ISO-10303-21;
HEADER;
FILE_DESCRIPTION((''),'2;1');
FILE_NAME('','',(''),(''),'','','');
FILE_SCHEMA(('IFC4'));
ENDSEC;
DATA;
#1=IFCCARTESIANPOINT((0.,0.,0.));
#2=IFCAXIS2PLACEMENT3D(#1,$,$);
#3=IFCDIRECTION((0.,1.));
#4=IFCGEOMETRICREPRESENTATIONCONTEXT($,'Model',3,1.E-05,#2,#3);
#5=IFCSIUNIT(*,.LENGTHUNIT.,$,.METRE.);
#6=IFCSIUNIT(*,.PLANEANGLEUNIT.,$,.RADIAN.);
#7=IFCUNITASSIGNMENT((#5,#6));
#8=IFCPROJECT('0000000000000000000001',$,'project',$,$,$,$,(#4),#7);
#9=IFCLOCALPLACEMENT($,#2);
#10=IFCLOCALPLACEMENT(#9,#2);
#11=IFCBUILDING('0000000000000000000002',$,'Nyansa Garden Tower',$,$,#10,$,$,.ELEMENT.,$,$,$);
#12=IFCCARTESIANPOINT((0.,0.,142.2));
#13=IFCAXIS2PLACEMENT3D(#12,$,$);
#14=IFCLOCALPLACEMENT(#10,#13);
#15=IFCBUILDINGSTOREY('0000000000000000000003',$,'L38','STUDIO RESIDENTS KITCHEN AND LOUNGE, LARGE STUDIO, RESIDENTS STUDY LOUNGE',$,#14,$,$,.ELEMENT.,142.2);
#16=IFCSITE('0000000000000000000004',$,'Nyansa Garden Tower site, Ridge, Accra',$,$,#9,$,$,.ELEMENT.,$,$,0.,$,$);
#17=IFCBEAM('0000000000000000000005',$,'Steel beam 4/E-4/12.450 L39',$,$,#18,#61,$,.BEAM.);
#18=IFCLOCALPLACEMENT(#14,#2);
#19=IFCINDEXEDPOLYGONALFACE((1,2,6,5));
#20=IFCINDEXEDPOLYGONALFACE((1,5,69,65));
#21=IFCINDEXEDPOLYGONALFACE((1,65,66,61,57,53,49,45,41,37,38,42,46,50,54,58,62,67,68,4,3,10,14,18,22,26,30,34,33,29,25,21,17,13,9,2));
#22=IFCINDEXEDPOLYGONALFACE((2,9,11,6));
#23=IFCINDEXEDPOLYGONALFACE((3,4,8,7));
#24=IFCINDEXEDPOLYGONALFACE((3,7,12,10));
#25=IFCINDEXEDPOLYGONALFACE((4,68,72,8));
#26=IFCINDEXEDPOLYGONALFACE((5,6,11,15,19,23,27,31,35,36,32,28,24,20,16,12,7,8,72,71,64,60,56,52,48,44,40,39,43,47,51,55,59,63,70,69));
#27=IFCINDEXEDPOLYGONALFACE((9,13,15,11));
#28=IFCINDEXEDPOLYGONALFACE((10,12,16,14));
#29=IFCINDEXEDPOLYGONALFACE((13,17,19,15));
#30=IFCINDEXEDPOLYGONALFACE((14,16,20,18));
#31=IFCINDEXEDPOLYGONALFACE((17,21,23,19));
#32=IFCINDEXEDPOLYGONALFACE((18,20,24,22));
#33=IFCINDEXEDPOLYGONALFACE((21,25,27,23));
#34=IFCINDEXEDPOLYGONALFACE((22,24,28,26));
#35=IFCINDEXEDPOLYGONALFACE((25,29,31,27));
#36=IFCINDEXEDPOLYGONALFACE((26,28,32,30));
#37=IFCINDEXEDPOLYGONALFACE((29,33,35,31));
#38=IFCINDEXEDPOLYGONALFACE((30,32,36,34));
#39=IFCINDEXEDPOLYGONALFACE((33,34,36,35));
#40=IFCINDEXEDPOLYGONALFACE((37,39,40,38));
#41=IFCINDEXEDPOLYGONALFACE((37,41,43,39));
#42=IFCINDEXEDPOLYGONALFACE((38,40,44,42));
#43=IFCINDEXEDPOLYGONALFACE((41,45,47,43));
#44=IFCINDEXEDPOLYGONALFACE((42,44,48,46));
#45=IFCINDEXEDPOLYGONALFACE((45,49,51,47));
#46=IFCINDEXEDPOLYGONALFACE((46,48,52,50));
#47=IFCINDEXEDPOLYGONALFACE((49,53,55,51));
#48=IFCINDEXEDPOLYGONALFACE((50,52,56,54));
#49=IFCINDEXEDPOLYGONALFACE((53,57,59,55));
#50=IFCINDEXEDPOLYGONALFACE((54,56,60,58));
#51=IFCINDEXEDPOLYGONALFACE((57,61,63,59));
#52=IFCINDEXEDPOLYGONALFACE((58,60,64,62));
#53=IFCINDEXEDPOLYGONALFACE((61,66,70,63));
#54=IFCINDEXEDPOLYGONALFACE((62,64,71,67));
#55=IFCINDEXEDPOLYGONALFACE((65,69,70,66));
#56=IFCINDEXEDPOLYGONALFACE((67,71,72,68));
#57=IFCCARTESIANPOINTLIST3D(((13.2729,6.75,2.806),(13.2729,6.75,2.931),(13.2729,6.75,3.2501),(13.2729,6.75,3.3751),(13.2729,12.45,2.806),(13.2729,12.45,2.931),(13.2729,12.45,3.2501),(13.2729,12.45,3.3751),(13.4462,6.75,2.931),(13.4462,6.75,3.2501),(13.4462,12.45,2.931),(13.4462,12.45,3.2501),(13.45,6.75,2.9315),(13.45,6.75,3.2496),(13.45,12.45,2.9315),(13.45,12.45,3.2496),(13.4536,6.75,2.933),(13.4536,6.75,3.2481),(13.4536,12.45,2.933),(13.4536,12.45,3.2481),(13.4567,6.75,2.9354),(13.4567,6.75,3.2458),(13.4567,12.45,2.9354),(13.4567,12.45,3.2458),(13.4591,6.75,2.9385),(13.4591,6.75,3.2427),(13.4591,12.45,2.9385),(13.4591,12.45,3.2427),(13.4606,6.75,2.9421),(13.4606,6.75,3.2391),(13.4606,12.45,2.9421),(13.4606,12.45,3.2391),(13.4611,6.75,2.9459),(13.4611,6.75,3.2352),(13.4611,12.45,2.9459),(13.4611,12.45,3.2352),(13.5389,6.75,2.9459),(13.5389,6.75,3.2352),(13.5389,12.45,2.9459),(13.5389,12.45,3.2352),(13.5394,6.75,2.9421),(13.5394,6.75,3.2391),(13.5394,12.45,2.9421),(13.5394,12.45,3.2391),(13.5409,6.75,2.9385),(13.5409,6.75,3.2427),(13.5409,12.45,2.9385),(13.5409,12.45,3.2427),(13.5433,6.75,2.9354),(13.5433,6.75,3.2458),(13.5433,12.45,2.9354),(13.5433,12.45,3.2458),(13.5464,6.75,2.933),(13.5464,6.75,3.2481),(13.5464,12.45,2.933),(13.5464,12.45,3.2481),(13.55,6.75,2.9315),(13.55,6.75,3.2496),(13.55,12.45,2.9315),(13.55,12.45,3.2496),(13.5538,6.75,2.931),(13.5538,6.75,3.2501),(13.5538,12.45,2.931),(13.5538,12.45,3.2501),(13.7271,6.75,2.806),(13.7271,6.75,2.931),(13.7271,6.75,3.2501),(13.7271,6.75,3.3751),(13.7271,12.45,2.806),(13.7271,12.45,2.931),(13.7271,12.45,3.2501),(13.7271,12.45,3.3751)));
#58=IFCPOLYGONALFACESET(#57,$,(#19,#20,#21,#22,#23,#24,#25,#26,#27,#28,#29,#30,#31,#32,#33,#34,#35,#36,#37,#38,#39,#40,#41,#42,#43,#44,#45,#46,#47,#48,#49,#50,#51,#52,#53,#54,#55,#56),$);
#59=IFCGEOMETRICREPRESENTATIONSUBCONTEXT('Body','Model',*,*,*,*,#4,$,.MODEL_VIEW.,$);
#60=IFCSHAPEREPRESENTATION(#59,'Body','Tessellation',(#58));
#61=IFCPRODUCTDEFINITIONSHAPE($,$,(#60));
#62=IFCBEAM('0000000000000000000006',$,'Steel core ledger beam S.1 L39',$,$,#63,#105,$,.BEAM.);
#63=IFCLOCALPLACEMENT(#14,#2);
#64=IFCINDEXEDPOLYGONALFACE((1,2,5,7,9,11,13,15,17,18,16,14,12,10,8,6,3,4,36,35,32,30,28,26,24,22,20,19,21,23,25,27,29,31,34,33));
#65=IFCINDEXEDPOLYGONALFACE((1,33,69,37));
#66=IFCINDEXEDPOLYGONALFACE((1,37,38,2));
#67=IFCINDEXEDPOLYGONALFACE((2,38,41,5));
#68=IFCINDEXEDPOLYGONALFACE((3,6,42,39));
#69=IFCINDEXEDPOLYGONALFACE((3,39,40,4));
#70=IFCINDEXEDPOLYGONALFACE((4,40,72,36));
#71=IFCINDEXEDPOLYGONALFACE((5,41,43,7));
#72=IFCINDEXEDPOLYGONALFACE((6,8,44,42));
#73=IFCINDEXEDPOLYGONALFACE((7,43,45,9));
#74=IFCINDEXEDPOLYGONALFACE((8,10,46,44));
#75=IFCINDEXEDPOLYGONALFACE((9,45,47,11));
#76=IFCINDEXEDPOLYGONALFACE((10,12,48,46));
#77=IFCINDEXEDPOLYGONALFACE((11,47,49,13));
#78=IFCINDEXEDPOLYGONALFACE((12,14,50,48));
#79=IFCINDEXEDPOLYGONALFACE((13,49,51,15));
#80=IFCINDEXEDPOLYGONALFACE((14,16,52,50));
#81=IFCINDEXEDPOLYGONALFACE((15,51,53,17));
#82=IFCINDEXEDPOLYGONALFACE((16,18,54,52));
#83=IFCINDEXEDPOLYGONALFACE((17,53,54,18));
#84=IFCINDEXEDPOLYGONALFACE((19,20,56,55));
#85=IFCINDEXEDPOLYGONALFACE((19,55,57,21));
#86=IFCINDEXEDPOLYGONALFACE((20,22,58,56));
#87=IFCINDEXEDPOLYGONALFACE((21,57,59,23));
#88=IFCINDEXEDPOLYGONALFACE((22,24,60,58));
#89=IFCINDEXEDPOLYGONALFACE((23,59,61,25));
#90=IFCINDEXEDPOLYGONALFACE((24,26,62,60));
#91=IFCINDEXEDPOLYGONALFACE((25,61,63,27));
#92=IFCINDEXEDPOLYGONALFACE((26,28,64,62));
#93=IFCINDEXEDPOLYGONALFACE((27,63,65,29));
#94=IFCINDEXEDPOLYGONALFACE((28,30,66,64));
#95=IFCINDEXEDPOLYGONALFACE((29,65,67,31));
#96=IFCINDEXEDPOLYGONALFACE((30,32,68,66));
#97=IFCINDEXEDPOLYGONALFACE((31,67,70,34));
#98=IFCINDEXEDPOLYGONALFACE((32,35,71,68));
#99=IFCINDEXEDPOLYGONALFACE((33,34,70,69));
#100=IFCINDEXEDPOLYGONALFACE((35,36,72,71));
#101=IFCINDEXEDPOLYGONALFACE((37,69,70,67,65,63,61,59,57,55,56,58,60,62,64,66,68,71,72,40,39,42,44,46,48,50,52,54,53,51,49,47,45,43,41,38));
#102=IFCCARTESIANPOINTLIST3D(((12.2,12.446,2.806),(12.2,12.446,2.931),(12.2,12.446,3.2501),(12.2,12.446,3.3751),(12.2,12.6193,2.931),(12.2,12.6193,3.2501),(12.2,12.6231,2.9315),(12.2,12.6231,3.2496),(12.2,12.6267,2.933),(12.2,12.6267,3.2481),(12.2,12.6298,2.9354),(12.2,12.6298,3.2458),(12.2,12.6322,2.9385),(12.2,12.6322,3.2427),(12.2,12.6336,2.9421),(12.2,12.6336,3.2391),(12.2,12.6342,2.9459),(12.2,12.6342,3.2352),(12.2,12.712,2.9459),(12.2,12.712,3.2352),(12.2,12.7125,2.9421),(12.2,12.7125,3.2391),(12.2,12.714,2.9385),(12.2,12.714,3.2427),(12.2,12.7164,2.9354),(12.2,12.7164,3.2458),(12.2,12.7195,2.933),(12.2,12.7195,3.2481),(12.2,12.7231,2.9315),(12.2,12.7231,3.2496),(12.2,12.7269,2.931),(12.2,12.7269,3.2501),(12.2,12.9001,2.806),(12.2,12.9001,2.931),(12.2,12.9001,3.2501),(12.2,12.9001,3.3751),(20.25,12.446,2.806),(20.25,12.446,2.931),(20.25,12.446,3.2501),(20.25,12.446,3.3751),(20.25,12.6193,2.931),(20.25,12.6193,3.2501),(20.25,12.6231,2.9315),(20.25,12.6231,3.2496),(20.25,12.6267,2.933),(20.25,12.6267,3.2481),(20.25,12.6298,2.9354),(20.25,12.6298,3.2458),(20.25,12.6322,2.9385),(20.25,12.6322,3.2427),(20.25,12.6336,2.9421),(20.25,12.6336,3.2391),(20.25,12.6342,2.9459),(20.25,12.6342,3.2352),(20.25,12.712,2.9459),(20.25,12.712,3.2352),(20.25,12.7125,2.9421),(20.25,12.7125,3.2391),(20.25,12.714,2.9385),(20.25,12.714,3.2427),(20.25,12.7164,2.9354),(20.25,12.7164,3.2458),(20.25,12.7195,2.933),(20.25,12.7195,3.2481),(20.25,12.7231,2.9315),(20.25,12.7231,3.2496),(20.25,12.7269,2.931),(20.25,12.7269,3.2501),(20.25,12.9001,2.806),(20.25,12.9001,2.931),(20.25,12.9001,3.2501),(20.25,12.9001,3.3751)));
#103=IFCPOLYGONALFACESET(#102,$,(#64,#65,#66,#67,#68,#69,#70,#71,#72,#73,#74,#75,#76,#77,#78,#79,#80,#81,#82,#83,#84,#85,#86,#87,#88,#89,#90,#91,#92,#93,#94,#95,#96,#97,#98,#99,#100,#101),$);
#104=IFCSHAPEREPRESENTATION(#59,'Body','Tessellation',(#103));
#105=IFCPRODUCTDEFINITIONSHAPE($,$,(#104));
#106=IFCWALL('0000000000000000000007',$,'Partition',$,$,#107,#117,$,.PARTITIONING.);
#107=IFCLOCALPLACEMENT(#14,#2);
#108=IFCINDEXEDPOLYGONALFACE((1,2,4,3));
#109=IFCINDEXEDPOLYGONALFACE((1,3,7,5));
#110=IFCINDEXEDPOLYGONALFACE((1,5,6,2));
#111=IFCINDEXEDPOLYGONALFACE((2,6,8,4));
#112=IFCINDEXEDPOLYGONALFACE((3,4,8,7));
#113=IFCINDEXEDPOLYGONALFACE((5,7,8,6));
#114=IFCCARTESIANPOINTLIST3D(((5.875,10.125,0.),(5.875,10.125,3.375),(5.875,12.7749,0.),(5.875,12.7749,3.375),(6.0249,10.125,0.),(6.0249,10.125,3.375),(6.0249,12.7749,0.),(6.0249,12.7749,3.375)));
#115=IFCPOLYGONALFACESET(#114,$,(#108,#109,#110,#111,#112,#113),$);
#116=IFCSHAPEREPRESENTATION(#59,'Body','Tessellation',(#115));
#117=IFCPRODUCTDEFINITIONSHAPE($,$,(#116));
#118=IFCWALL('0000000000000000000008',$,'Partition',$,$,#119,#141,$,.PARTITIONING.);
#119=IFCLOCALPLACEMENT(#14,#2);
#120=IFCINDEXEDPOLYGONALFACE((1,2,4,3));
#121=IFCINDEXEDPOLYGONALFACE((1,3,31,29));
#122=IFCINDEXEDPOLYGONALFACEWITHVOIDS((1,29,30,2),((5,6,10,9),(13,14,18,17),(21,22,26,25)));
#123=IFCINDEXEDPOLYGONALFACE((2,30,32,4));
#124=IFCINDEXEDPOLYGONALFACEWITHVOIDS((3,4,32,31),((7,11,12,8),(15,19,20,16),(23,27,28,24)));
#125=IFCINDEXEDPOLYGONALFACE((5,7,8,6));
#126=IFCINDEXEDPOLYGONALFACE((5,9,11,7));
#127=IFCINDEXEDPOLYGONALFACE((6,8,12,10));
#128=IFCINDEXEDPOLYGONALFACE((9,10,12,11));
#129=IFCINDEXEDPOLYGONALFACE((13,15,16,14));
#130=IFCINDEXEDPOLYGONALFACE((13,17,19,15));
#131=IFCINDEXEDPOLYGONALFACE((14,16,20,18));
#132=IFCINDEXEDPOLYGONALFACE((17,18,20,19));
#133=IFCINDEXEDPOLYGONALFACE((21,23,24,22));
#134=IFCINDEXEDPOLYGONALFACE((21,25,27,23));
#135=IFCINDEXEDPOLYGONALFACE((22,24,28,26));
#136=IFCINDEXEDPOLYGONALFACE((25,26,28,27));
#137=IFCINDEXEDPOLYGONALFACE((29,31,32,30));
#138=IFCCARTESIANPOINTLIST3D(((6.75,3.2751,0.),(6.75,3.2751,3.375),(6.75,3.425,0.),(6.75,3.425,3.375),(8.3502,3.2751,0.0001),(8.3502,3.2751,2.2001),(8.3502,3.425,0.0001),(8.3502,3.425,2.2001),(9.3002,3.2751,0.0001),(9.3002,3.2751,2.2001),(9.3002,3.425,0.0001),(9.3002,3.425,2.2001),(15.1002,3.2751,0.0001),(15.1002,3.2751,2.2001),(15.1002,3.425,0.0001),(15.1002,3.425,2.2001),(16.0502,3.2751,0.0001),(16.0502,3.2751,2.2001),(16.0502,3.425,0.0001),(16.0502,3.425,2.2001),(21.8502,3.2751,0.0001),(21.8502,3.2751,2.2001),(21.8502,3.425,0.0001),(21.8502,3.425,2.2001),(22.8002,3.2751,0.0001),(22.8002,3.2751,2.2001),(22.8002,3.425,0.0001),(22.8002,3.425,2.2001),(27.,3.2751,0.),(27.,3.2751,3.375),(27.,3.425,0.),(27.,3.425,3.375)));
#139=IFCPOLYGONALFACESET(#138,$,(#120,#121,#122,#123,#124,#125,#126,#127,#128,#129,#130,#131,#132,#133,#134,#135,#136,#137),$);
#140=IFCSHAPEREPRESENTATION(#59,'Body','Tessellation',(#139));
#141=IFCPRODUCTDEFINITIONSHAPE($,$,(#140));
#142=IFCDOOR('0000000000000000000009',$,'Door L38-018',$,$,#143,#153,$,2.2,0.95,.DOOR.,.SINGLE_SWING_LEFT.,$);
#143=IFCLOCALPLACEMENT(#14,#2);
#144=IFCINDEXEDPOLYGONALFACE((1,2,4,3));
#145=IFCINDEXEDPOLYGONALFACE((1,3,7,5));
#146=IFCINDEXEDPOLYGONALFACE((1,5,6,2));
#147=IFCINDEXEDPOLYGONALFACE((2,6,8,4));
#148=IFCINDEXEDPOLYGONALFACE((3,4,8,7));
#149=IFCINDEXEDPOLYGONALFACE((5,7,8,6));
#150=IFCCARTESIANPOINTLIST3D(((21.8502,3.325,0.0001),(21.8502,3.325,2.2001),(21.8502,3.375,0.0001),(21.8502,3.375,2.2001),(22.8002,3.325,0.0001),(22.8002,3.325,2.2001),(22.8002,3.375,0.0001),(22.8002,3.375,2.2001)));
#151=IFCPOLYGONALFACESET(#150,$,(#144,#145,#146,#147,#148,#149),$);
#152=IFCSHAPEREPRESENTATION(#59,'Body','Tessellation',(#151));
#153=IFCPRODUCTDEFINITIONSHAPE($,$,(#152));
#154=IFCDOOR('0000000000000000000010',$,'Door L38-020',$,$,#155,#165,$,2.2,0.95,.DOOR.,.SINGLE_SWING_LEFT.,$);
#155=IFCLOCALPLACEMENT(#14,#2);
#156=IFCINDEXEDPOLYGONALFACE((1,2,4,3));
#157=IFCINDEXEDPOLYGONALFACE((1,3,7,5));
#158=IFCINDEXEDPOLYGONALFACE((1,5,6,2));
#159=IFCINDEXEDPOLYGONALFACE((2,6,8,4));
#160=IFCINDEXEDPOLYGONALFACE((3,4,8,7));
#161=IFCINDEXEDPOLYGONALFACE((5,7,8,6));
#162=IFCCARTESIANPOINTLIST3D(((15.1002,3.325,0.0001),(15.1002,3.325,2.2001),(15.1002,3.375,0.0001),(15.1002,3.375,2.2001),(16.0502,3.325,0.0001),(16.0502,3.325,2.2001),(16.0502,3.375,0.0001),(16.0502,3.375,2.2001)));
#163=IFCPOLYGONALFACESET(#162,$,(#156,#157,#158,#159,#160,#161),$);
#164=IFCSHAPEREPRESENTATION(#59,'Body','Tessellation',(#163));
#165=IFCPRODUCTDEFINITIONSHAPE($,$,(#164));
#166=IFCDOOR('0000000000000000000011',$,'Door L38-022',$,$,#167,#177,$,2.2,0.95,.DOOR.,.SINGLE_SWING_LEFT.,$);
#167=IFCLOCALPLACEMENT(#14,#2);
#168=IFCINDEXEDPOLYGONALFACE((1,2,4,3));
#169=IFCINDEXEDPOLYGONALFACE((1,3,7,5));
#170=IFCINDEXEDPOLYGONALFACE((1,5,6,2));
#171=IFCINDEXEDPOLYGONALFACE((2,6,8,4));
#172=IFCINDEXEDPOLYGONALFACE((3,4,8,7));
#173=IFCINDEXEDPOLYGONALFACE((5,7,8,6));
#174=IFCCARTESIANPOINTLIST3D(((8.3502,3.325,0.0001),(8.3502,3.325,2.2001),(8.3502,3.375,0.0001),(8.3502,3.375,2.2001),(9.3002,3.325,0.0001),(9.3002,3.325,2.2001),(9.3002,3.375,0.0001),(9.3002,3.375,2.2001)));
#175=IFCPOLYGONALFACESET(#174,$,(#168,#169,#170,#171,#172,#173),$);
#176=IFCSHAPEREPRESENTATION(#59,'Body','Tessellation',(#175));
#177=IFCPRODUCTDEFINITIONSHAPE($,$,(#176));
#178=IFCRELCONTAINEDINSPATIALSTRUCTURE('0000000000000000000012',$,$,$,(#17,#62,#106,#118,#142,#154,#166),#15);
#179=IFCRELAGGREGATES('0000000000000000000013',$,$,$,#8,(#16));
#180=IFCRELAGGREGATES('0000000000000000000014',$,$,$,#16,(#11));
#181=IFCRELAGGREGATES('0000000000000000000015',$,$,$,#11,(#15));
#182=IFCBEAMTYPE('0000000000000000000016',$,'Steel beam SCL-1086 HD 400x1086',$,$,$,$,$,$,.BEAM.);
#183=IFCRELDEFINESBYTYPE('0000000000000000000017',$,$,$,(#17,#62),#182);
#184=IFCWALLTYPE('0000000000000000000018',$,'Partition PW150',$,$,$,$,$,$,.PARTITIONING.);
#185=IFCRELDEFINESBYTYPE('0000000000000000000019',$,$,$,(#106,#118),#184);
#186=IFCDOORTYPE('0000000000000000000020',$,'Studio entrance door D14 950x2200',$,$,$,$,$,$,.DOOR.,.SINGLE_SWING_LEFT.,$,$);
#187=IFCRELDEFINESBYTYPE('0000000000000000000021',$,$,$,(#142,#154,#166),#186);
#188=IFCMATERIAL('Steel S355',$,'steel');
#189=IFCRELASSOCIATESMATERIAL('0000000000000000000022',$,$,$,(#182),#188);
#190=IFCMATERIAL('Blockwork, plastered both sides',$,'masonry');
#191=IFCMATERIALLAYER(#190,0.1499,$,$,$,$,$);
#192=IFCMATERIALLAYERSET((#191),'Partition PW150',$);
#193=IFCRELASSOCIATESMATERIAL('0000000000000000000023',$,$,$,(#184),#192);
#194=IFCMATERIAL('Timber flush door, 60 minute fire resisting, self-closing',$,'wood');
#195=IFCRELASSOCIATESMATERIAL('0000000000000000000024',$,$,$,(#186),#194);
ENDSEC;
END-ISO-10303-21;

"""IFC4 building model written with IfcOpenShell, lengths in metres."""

from ifc_helpers import new_model, si_unit, direction, frame, frame_2d, origin, origin_2d, place, context, subcontext, project, spatial, rectangle, i_section, extrude, material, layer, layer_set, material_profile, profile_set, type_object, element, fill, save


model = new_model("IFC4")

# Units and contexts
model_context = context("Model", 3, precision=1e-05, world=origin(), true_north=direction((0.0, 1.0)))
body_context = subcontext(model_context, "Body", "Model", "MODEL_VIEW")
ifc_project = project(units=[si_unit("LENGTHUNIT", "METRE"), si_unit("PLANEANGLEUNIT", "RADIAN")], contexts=[model_context])

# Site, building, storey
site_placement = place(None, origin())
site = spatial("IfcSite", under=ifc_project, at=site_placement, Name="Nyansa Garden Tower site, Ridge, Accra", CompositionType="ELEMENT", RefElevation=0.0)
building_placement = place(site_placement, origin())
building = spatial("IfcBuilding", under=site, at=building_placement, Name="Nyansa Garden Tower", CompositionType="ELEMENT")
storey_placement = place(building_placement, frame((0.0, 0.0, 142.2)))
storey = spatial("IfcBuildingStorey", under=building, at=storey_placement, Name="L38", Description="STUDIO RESIDENTS KITCHEN AND LOUNGE, LARGE STUDIO, RESIDENTS STUDY LOUNGE", CompositionType="ELEMENT", Elevation=142.2)

# Beams
ifc_material_1 = material(Name="Steel S355", Category="steel")
ifc_material_profile_1 = material_profile(ifc_material_1, i_section(OverallWidth=0.4541, OverallDepth=0.5691, WebThickness=0.0779, FlangeThickness=0.125, FilletRadius=0.0149, at=origin_2d()), Name="HD 400x1086")
ifc_profile_set_1 = profile_set([ifc_material_profile_1], Name="Steel S355")
beam_type_1 = type_object("IfcBeamType", Name="Steel beam SCL-1086 HD 400x1086", PredefinedType="BEAM", material=ifc_profile_set_1)
beam_1_placement = place(storey_placement, frame((13.5, 6.75, 3.0906), z_axis=(0.0, 1.0, 0.0), x_axis=(-1.0, 0.0, 0.0)))
element("IfcBeam", 1, at=beam_1_placement, inside=storey, type_object=beam_type_1, Name="Steel beam 4/E-4/12.450 L39", PredefinedType="BEAM", context=body_context, shape_type="SweptSolid", body=[
    extrude(i_section(OverallWidth=0.4541, OverallDepth=0.5691, WebThickness=0.0779, FlangeThickness=0.125, FilletRadius=0.0149, at=origin_2d()), origin(), (0.0, 0.0, 1.0), 5.7),
])
beam_2_placement = place(storey_placement, frame((12.2, 12.6731, 3.0906), z_axis=(1.0, 0.0, 0.0), x_axis=(0.0, 1.0, 0.0)))
element("IfcBeam", 2, at=beam_2_placement, inside=storey, type_object=beam_type_1, Name="Steel core ledger beam S.1 L39", PredefinedType="BEAM", context=body_context, shape_type="SweptSolid", body=[
    extrude(i_section(OverallWidth=0.4541, OverallDepth=0.5691, WebThickness=0.0779, FlangeThickness=0.125, FilletRadius=0.0149, at=origin_2d()), origin(), (0.0, 0.0, 1.0), 8.05),
])

# Wall
ifc_material_2 = material(Name="Blockwork, plastered both sides", Category="masonry")
ifc_layer_1 = layer(ifc_material_2, 0.1499)
ifc_layer_set_1 = layer_set([ifc_layer_1], Name="Partition PW150")
wall_type_1 = type_object("IfcWallType", Name="Partition PW150", PredefinedType="PARTITIONING", material=ifc_layer_set_1)
wall_1_placement = place(storey_placement, frame((5.95, 10.125, 0.0), z_axis=(0.0, 0.0, 1.0), x_axis=(0.0, 1.0, 0.0)))
element("IfcWall", 3, at=wall_1_placement, inside=storey, type_object=wall_type_1, Name="Partition", PredefinedType="PARTITIONING", context=body_context, shape_type="SweptSolid", body=[
    extrude(rectangle(XDim=2.6499, YDim=0.1499, at=frame_2d((1.325, 0.0))), origin(), (0.0, 0.0, 1.0), 3.375),
])

# Wall, openings, doors
wall_2_placement = place(storey_placement, frame((6.75, 3.3501, 0.0), z_axis=(0.0, 0.0, 1.0), x_axis=(1.0, 0.0, 0.0)))
wall_2 = element("IfcWall", 4, at=wall_2_placement, inside=storey, type_object=wall_type_1, Name="Partition", PredefinedType="PARTITIONING", context=body_context, shape_type="SweptSolid", body=[
    extrude(rectangle(XDim=20.25, YDim=0.1499, at=frame_2d((10.125, 0.0))), origin(), (0.0, 0.0, 1.0), 3.375),
])
opening_1_placement = place(wall_2_placement, frame((15.1001, 0.0, 0.0)))
opening_1 = element("IfcOpeningElement", 5, at=opening_1_placement, cuts=wall_2, PredefinedType="OPENING", context=body_context, shape_type="SweptSolid", body=[
    extrude(rectangle(XDim=0.95, YDim=2.2, at=frame_2d((0.4751, 1.1001))), frame((0.0, 0.085, 0.0), z_axis=(0.0, -1.0, 0.0), x_axis=(1.0, 0.0, 0.0)), (0.0, 0.0, 1.0), 0.1699),
])
opening_2_placement = place(wall_2_placement, frame((8.3501, 0.0, 0.0)))
opening_2 = element("IfcOpeningElement", 6, at=opening_2_placement, cuts=wall_2, PredefinedType="OPENING", context=body_context, shape_type="SweptSolid", body=[
    extrude(rectangle(XDim=0.95, YDim=2.2, at=frame_2d((0.4751, 1.1001))), frame((0.0, 0.085, 0.0), z_axis=(0.0, -1.0, 0.0), x_axis=(1.0, 0.0, 0.0)), (0.0, 0.0, 1.0), 0.1699),
])
opening_3_placement = place(wall_2_placement, frame((1.6001, 0.0, 0.0)))
opening_3 = element("IfcOpeningElement", 7, at=opening_3_placement, cuts=wall_2, PredefinedType="OPENING", context=body_context, shape_type="SweptSolid", body=[
    extrude(rectangle(XDim=0.95, YDim=2.2, at=frame_2d((0.4751, 1.1001))), frame((0.0, 0.085, 0.0), z_axis=(0.0, -1.0, 0.0), x_axis=(1.0, 0.0, 0.0)), (0.0, 0.0, 1.0), 0.1699),
])
ifc_material_3 = material(Name="Timber flush door, 60 minute fire resisting, self-closing", Category="wood")
door_type_1 = type_object("IfcDoorType", Name="Studio entrance door D14 950x2200", OperationType="SINGLE_SWING_LEFT", PredefinedType="DOOR", material=ifc_material_3)
door_1_placement = place(opening_1_placement, origin())
door_1 = element("IfcDoor", 8, at=door_1_placement, inside=storey, type_object=door_type_1, Name="Door L38-018", OperationType="SINGLE_SWING_LEFT", OverallHeight=2.2, OverallWidth=0.95, PredefinedType="DOOR", context=body_context, shape_type="SweptSolid", body=[
    extrude(rectangle(XDim=0.95, YDim=2.2, at=frame_2d((0.4751, 1.1001))), frame((0.0, 0.0249, 0.0), z_axis=(0.0, -1.0, 0.0), x_axis=(1.0, 0.0, 0.0)), (0.0, 0.0, 1.0), 0.05),
])
fill(opening_1, door_1)
door_2_placement = place(opening_2_placement, origin())
door_2 = element("IfcDoor", 9, at=door_2_placement, inside=storey, type_object=door_type_1, Name="Door L38-020", OperationType="SINGLE_SWING_LEFT", OverallHeight=2.2, OverallWidth=0.95, PredefinedType="DOOR", context=body_context, shape_type="SweptSolid", body=[
    extrude(rectangle(XDim=0.95, YDim=2.2, at=frame_2d((0.4751, 1.1001))), frame((0.0, 0.0249, 0.0), z_axis=(0.0, -1.0, 0.0), x_axis=(1.0, 0.0, 0.0)), (0.0, 0.0, 1.0), 0.05),
])
fill(opening_2, door_2)
door_3_placement = place(opening_3_placement, origin())
door_3 = element("IfcDoor", 10, at=door_3_placement, inside=storey, type_object=door_type_1, Name="Door L38-022", OperationType="SINGLE_SWING_LEFT", OverallHeight=2.2, OverallWidth=0.95, PredefinedType="DOOR", context=body_context, shape_type="SweptSolid", body=[
    extrude(rectangle(XDim=0.95, YDim=2.2, at=frame_2d((0.4751, 1.1001))), frame((0.0, 0.0249, 0.0), z_axis=(0.0, -1.0, 0.0), x_axis=(1.0, 0.0, 0.0)), (0.0, 0.0, 1.0), 0.05),
])
fill(opening_3, door_3)

save(model, "model.ifc")
